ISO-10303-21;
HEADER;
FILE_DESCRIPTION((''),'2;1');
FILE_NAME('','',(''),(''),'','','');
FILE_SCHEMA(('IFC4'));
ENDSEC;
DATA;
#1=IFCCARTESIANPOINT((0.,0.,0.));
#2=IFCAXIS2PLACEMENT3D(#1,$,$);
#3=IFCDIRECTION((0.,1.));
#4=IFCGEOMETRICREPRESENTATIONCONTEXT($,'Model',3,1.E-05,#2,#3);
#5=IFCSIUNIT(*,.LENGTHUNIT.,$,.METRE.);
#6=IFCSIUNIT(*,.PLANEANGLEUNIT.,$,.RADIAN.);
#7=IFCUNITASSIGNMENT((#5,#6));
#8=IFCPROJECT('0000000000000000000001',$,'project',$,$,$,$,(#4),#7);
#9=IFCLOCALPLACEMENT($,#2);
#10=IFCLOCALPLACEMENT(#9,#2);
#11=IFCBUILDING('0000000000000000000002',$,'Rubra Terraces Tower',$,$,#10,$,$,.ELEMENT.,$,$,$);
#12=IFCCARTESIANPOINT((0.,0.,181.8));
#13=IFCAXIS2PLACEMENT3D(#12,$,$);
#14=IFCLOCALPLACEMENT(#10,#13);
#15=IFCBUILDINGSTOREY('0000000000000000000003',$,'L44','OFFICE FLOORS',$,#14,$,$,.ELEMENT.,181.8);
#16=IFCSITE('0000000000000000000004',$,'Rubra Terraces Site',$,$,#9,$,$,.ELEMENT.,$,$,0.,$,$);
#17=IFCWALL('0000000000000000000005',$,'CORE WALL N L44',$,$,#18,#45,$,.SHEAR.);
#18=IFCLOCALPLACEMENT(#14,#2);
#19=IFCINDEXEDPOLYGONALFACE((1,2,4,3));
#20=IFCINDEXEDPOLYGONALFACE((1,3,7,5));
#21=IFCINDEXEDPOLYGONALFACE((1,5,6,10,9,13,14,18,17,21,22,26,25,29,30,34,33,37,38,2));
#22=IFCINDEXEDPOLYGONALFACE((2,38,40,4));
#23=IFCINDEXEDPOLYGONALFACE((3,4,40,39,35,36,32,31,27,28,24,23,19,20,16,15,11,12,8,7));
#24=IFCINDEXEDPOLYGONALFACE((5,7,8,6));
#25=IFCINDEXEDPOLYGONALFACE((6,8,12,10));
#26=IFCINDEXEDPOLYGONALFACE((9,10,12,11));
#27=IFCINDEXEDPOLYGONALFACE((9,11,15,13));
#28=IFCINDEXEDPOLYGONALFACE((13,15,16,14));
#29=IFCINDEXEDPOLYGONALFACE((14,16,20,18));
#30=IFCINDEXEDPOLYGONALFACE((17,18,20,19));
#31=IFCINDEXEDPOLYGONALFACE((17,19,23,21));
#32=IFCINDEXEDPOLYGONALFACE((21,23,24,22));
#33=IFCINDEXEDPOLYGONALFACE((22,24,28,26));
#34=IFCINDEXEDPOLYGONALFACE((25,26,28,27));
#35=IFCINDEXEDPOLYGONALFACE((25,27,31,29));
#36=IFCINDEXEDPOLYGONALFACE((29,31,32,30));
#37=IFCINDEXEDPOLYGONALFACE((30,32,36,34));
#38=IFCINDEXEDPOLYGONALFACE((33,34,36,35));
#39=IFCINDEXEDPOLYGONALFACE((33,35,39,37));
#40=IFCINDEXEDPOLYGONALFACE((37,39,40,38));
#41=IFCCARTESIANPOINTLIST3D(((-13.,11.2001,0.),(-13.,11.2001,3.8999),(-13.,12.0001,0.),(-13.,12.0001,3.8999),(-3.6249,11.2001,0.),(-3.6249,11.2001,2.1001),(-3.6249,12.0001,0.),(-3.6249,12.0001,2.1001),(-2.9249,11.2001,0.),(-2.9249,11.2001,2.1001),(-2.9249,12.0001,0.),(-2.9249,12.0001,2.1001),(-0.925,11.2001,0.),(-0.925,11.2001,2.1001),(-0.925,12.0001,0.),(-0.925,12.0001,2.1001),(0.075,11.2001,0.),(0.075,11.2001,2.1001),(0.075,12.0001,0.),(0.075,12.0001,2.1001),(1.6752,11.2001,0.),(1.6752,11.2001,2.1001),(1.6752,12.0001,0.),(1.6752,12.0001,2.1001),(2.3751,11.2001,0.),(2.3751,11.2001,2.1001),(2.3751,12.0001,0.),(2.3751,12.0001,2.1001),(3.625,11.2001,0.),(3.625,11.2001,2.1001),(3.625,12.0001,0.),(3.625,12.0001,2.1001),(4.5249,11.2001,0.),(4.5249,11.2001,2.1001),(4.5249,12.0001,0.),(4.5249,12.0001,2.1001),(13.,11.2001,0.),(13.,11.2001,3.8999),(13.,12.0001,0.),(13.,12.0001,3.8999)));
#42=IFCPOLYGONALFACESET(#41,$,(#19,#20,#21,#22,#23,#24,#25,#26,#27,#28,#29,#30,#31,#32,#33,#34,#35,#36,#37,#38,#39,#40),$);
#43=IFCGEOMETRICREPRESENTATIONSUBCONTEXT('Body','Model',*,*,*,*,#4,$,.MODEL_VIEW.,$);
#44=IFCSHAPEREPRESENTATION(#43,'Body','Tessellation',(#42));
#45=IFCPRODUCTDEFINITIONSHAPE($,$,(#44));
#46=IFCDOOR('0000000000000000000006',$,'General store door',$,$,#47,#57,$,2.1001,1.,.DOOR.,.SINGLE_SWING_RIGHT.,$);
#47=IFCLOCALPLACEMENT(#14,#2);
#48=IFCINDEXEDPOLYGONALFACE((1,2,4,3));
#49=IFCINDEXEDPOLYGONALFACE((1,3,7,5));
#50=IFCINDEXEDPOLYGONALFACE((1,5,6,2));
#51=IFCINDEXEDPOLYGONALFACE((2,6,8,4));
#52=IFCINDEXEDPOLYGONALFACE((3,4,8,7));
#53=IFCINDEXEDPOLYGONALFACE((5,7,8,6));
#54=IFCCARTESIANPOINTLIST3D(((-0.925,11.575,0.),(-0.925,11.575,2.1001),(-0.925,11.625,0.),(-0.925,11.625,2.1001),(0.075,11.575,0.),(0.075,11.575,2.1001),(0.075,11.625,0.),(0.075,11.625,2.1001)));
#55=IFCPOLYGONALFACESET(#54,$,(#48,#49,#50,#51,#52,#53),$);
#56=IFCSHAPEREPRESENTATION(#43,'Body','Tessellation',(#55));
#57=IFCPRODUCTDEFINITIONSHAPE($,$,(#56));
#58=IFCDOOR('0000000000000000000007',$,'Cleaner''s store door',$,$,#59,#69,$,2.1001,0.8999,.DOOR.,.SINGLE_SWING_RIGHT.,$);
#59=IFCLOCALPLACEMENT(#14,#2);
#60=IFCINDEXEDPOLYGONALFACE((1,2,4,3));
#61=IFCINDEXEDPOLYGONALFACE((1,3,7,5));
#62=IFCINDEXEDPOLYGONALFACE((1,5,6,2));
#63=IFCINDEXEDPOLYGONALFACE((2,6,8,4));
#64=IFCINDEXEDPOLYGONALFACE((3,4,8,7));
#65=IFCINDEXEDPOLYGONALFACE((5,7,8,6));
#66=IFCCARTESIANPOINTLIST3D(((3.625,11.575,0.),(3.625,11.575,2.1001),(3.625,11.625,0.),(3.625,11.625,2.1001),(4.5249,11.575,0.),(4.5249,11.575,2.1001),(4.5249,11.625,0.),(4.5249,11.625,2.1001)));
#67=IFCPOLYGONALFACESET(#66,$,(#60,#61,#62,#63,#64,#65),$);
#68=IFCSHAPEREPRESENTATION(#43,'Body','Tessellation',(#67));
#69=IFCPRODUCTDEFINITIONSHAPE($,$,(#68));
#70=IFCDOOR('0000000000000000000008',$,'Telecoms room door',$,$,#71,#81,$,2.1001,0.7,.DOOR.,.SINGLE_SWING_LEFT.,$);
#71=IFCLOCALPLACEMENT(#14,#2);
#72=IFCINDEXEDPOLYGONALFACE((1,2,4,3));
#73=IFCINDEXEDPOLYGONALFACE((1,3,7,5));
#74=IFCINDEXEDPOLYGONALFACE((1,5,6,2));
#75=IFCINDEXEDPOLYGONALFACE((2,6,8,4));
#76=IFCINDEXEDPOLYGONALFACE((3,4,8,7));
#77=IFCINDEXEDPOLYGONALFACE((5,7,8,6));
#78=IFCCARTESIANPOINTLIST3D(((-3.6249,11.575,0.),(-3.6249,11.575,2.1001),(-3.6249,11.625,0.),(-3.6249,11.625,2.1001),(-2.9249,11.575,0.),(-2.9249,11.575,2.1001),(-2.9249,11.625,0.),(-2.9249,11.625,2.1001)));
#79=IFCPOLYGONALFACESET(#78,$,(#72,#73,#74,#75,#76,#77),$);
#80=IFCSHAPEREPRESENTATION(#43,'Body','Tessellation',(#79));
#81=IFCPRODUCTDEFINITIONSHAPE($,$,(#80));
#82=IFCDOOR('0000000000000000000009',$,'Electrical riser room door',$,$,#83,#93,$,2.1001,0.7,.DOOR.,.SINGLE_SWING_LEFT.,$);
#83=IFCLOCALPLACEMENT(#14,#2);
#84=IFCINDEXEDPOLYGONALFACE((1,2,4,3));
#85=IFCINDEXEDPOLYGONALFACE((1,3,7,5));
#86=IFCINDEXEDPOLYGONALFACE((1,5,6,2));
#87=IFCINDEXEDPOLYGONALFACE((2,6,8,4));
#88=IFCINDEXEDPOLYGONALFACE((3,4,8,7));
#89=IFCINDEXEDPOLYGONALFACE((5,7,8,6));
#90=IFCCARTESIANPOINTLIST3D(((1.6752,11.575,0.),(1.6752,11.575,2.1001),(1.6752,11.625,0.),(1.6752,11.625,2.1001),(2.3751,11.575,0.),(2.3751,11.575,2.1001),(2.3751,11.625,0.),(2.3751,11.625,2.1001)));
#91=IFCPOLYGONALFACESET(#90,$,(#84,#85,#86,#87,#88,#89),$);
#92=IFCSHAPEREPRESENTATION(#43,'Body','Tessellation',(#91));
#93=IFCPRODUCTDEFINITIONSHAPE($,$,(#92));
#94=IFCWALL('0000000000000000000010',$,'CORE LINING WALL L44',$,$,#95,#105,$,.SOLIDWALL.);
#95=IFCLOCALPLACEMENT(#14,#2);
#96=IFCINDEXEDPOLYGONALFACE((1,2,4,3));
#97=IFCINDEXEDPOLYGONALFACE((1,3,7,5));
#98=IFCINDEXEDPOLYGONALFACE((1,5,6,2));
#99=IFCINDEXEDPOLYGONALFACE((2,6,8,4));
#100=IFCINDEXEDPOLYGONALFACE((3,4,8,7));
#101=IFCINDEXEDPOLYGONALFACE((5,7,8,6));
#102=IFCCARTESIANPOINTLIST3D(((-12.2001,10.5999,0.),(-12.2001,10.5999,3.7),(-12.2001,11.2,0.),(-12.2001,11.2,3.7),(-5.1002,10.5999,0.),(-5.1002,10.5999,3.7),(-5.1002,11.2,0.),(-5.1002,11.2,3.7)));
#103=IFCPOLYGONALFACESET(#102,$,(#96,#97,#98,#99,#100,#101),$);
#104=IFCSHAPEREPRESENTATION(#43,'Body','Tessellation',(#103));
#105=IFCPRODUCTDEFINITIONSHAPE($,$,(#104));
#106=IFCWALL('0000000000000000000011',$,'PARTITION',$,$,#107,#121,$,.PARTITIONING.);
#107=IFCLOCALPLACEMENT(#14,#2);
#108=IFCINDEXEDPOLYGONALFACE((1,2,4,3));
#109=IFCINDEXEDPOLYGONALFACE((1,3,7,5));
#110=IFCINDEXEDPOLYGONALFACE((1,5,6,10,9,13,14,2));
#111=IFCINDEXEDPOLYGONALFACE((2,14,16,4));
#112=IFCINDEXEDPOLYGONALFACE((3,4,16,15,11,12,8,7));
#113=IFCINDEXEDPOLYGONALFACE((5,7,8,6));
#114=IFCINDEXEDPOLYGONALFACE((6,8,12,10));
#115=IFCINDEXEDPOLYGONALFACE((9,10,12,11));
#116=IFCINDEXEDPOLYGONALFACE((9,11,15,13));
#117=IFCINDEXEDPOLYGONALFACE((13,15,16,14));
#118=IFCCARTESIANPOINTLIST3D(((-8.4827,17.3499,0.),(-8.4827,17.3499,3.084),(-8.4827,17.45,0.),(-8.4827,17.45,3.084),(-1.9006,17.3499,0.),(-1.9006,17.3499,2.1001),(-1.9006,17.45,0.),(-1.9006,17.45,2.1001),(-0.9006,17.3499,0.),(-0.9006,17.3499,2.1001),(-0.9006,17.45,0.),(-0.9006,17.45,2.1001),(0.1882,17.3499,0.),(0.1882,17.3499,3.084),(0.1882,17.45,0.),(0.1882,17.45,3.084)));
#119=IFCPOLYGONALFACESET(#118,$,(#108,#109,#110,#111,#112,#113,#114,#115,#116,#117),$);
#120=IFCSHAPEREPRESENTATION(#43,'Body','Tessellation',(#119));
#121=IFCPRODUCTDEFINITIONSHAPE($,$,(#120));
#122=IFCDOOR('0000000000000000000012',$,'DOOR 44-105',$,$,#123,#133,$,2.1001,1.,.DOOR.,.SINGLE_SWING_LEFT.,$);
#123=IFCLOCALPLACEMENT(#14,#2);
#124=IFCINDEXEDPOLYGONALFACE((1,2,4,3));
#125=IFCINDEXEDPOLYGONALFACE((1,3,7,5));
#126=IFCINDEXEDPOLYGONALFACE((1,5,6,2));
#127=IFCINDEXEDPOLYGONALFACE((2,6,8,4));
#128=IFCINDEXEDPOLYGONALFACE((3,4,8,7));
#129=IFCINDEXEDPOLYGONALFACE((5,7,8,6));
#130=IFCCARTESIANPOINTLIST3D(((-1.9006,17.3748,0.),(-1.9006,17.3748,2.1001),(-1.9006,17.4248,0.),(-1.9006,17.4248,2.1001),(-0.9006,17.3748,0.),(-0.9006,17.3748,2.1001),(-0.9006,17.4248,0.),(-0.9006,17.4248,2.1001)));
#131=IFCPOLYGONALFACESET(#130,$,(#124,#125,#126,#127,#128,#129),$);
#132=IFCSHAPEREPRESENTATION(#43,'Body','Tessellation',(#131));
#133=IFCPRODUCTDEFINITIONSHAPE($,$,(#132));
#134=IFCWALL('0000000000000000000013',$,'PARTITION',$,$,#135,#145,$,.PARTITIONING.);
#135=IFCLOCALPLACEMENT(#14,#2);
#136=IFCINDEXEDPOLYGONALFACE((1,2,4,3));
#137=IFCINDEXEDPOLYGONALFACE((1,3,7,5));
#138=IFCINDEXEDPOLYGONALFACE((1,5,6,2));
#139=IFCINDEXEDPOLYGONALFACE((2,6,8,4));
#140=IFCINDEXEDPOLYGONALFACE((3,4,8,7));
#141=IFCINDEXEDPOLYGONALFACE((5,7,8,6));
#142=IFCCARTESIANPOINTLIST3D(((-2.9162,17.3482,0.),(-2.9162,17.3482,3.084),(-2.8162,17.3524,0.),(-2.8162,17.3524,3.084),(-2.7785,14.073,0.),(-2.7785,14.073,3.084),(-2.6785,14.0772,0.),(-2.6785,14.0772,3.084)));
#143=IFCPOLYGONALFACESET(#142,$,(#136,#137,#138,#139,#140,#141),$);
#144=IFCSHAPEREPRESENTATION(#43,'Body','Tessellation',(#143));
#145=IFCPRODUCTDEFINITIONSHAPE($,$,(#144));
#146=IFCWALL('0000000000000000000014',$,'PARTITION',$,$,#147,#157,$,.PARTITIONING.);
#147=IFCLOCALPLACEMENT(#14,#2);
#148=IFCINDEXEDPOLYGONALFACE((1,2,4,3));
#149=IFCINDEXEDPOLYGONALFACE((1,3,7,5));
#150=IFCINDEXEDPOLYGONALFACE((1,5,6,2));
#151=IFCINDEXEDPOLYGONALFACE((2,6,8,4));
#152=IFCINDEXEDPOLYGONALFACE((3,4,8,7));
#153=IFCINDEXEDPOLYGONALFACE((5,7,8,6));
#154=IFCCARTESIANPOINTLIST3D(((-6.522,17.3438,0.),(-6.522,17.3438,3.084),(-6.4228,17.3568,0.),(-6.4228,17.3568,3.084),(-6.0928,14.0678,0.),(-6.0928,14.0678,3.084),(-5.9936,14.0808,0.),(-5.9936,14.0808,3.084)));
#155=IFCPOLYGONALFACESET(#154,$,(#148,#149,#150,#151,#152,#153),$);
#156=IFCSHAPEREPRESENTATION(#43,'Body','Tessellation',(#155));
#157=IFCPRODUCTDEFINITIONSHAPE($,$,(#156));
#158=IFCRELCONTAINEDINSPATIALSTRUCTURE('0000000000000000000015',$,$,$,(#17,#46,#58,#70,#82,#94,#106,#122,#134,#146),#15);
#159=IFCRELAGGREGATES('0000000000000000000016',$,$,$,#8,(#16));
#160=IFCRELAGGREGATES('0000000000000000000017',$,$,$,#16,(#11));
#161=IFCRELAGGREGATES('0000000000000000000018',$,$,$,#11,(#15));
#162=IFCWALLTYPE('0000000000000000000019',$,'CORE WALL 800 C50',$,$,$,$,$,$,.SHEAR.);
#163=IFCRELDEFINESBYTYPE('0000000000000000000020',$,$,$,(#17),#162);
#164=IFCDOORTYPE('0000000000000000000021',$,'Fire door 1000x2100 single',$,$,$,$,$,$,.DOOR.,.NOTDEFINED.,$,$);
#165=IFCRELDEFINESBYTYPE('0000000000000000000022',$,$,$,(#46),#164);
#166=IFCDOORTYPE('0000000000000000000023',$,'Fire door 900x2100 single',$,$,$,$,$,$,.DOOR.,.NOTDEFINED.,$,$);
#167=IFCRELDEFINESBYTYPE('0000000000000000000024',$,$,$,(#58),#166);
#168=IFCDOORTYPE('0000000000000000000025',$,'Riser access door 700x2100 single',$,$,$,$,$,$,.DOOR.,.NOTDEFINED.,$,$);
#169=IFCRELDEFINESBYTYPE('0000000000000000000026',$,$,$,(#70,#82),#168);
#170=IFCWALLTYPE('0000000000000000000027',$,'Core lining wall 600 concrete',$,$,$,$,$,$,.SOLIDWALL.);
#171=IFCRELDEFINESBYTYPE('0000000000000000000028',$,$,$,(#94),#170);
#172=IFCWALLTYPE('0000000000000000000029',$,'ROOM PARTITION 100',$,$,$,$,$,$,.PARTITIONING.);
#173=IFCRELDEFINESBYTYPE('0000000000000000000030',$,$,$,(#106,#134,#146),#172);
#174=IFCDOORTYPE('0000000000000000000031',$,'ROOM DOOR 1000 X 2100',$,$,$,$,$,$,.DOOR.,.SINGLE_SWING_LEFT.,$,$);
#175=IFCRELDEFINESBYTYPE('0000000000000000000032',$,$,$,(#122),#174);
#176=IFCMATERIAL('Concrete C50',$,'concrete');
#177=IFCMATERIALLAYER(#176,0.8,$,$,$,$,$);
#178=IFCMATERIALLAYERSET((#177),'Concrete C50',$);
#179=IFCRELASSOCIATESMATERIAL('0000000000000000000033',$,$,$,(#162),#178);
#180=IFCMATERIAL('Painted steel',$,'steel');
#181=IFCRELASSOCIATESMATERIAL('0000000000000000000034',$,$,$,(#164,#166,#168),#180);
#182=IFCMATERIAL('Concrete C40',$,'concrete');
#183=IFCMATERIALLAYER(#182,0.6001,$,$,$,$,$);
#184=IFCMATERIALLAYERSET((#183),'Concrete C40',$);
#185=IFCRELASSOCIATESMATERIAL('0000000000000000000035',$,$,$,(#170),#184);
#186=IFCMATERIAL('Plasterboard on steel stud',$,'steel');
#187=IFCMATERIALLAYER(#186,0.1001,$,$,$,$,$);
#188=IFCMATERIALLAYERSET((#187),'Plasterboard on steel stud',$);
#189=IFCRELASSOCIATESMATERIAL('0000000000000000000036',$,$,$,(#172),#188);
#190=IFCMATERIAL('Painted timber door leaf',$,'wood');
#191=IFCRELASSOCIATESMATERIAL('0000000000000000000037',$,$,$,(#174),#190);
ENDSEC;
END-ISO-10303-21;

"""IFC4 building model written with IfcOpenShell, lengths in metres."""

from ifc_helpers import new_model, si_unit, direction, frame, frame_2d, origin, place, context, subcontext, project, spatial, rectangle, extrude, material, layer, layer_set, type_object, element, fill, save


model = new_model("IFC4")

# Units and contexts
model_context = context("Model", 3, precision=1e-05, world=origin(), true_north=direction((0.0, 1.0)))
body_context = subcontext(model_context, "Body", "Model", "MODEL_VIEW")
ifc_project = project(units=[si_unit("LENGTHUNIT", "METRE"), si_unit("PLANEANGLEUNIT", "RADIAN")], contexts=[model_context])

# Site, building, storey
site_placement = place(None, origin())
site = spatial("IfcSite", under=ifc_project, at=site_placement, Name="Rubra Terraces Site", CompositionType="ELEMENT", RefElevation=0.0)
building_placement = place(site_placement, origin())
building = spatial("IfcBuilding", under=site, at=building_placement, Name="Rubra Terraces Tower", CompositionType="ELEMENT")
storey_placement = place(building_placement, frame((0.0, 0.0, 181.8)))
storey = spatial("IfcBuildingStorey", under=building, at=storey_placement, Name="L44", Description="OFFICE FLOORS", CompositionType="ELEMENT", Elevation=181.8)

# Shared definitions
ifc_material_1 = material(Name="Concrete C50", Category="concrete")

# Wall, openings, doors
ifc_layer_1 = layer(ifc_material_1, 0.8)
ifc_layer_set_1 = layer_set([ifc_layer_1], Name="Concrete C50")
wall_type_1 = type_object("IfcWallType", Name="CORE WALL 800 C50", PredefinedType="SHEAR", material=ifc_layer_set_1)
wall_1_placement = place(storey_placement, frame((-13.0, 11.6001, 0.0), z_axis=(0.0, 0.0, 1.0), x_axis=(1.0, 0.0, 0.0)))
wall_1 = element("IfcWall", 1, at=wall_1_placement, inside=storey, type_object=wall_type_1, Name="CORE WALL N L44", PredefinedType="SHEAR", context=body_context, shape_type="SweptSolid", body=[
    extrude(rectangle(XDim=26.0, YDim=0.8, at=frame_2d((13.0, 0.0))), origin(), (0.0, 0.0, 1.0), 3.8999),
])
opening_1_placement = place(wall_1_placement, frame((9.375, 0.0, 0.0)))
opening_1 = element("IfcOpeningElement", 2, at=opening_1_placement, cuts=wall_1, PredefinedType="OPENING", context=body_context, shape_type="SweptSolid", body=[
    extrude(rectangle(XDim=0.7, YDim=2.1001, at=frame_2d((0.3501, 1.05))), frame((0.0, 0.4099, 0.0), z_axis=(0.0, -1.0, 0.0), x_axis=(1.0, 0.0, 0.0)), (0.0, 0.0, 1.0), 0.8201),
])
opening_2_placement = place(wall_1_placement, frame((12.075, 0.0, 0.0)))
opening_2 = element("IfcOpeningElement", 3, at=opening_2_placement, cuts=wall_1, PredefinedType="OPENING", context=body_context, shape_type="SweptSolid", body=[
    extrude(rectangle(XDim=1.0, YDim=2.1001, at=frame_2d((0.5, 1.05))), frame((0.0, 0.4099, 0.0), z_axis=(0.0, -1.0, 0.0), x_axis=(1.0, 0.0, 0.0)), (0.0, 0.0, 1.0), 0.8201),
])
opening_3_placement = place(wall_1_placement, frame((14.675, 0.0, 0.0)))
opening_3 = element("IfcOpeningElement", 4, at=opening_3_placement, cuts=wall_1, PredefinedType="OPENING", context=body_context, shape_type="SweptSolid", body=[
    extrude(rectangle(XDim=0.7, YDim=2.1001, at=frame_2d((0.3501, 1.05))), frame((0.0, 0.4099, 0.0), z_axis=(0.0, -1.0, 0.0), x_axis=(1.0, 0.0, 0.0)), (0.0, 0.0, 1.0), 0.8201),
])
opening_4_placement = place(wall_1_placement, frame((16.625, 0.0, 0.0)))
opening_4 = element("IfcOpeningElement", 5, at=opening_4_placement, cuts=wall_1, PredefinedType="OPENING", context=body_context, shape_type="SweptSolid", body=[
    extrude(rectangle(XDim=0.8999, YDim=2.1001, at=frame_2d((0.45, 1.05))), frame((0.0, 0.4099, 0.0), z_axis=(0.0, -1.0, 0.0), x_axis=(1.0, 0.0, 0.0)), (0.0, 0.0, 1.0), 0.8201),
])
ifc_material_2 = material(Name="Painted steel", Category="steel")
door_type_1 = type_object("IfcDoorType", Name="Fire door 1000x2100 single", OperationType="NOTDEFINED", PredefinedType="DOOR", material=ifc_material_2)
door_1_placement = place(opening_2_placement, origin())
door_1 = element("IfcDoor", 6, at=door_1_placement, inside=storey, type_object=door_type_1, Name="General store door", OperationType="SINGLE_SWING_RIGHT", OverallHeight=2.1001, OverallWidth=1.0, PredefinedType="DOOR", context=body_context, shape_type="SweptSolid", body=[
    extrude(rectangle(XDim=1.0, YDim=2.1001, at=frame_2d((0.5, 1.05))), frame((0.0, 0.0249, 0.0), z_axis=(0.0, -1.0, 0.0), x_axis=(1.0, 0.0, 0.0)), (0.0, 0.0, 1.0), 0.05),
])
fill(opening_2, door_1)
door_type_2 = type_object("IfcDoorType", Name="Fire door 900x2100 single", OperationType="NOTDEFINED", PredefinedType="DOOR", material=ifc_material_2)
door_2_placement = place(opening_4_placement, origin())
door_2 = element("IfcDoor", 7, at=door_2_placement, inside=storey, type_object=door_type_2, Name="Cleaner's store door", OperationType="SINGLE_SWING_RIGHT", OverallHeight=2.1001, OverallWidth=0.8999, PredefinedType="DOOR", context=body_context, shape_type="SweptSolid", body=[
    extrude(rectangle(XDim=0.8999, YDim=2.1001, at=frame_2d((0.45, 1.05))), frame((0.0, 0.0249, 0.0), z_axis=(0.0, -1.0, 0.0), x_axis=(1.0, 0.0, 0.0)), (0.0, 0.0, 1.0), 0.05),
])
fill(opening_4, door_2)
door_type_3 = type_object("IfcDoorType", Name="Riser access door 700x2100 single", OperationType="NOTDEFINED", PredefinedType="DOOR", material=ifc_material_2)
door_3_placement = place(opening_1_placement, origin())
door_3 = element("IfcDoor", 8, at=door_3_placement, inside=storey, type_object=door_type_3, Name="Telecoms room door", OperationType="SINGLE_SWING_LEFT", OverallHeight=2.1001, OverallWidth=0.7, PredefinedType="DOOR", context=body_context, shape_type="SweptSolid", body=[
    extrude(rectangle(XDim=0.7, YDim=2.1001, at=frame_2d((0.3501, 1.05))), frame((0.0, 0.0249, 0.0), z_axis=(0.0, -1.0, 0.0), x_axis=(1.0, 0.0, 0.0)), (0.0, 0.0, 1.0), 0.05),
])
fill(opening_1, door_3)
door_4_placement = place(opening_3_placement, origin())
door_4 = element("IfcDoor", 9, at=door_4_placement, inside=storey, type_object=door_type_3, Name="Electrical riser room door", OperationType="SINGLE_SWING_LEFT", OverallHeight=2.1001, OverallWidth=0.7, PredefinedType="DOOR", context=body_context, shape_type="SweptSolid", body=[
    extrude(rectangle(XDim=0.7, YDim=2.1001, at=frame_2d((0.3501, 1.05))), frame((0.0, 0.0249, 0.0), z_axis=(0.0, -1.0, 0.0), x_axis=(1.0, 0.0, 0.0)), (0.0, 0.0, 1.0), 0.05),
])
fill(opening_3, door_4)

# Wall
ifc_material_3 = material(Name="Concrete C40", Category="concrete")
ifc_layer_2 = layer(ifc_material_3, 0.6001)
ifc_layer_set_2 = layer_set([ifc_layer_2], Name="Concrete C40")
wall_type_2 = type_object("IfcWallType", Name="Core lining wall 600 concrete", PredefinedType="SOLIDWALL", material=ifc_layer_set_2)
wall_2_placement = place(storey_placement, frame((-12.2, 10.8999, 0.0), z_axis=(0.0, 0.0, 1.0), x_axis=(1.0, 0.0, 0.0)))
element("IfcWall", 10, at=wall_2_placement, inside=storey, type_object=wall_type_2, Name="CORE LINING WALL L44", PredefinedType="SOLIDWALL", context=body_context, shape_type="SweptSolid", body=[
    extrude(rectangle(XDim=7.0999, YDim=0.6001, at=frame_2d((3.5498, 0.0))), origin(), (0.0, 0.0, 1.0), 3.7),
])

# Wall, opening, door
ifc_material_4 = material(Name="Plasterboard on steel stud", Category="steel")
ifc_layer_3 = layer(ifc_material_4, 0.1001)
ifc_layer_set_3 = layer_set([ifc_layer_3], Name="Plasterboard on steel stud")
wall_type_3 = type_object("IfcWallType", Name="ROOM PARTITION 100", PredefinedType="PARTITIONING", material=ifc_layer_set_3)
wall_3_placement = place(storey_placement, frame((-8.4827, 17.3999, 0.0), z_axis=(0.0, 0.0, 1.0), x_axis=(1.0, 0.0, 0.0)))
wall_3 = element("IfcWall", 11, at=wall_3_placement, inside=storey, type_object=wall_type_3, Name="PARTITION", PredefinedType="PARTITIONING", context=body_context, shape_type="SweptSolid", body=[
    extrude(rectangle(XDim=8.6709, YDim=0.1001, at=frame_2d((4.3354, 0.0))), origin(), (0.0, 0.0, 1.0), 3.084),
])
opening_5_placement = place(wall_3_placement, frame((6.582, 0.0, 0.0)))
opening_5 = element("IfcOpeningElement", 12, at=opening_5_placement, cuts=wall_3, PredefinedType="OPENING", context=body_context, shape_type="SweptSolid", body=[
    extrude(rectangle(XDim=1.0, YDim=2.1001, at=frame_2d((0.5, 1.05))), frame((0.0, 0.0601, 0.0), z_axis=(0.0, -1.0, 0.0), x_axis=(1.0, 0.0, 0.0)), (0.0, 0.0, 1.0), 0.1201),
])
ifc_material_5 = material(Name="Painted timber door leaf", Category="wood")
door_type_4 = type_object("IfcDoorType", Name="ROOM DOOR 1000 X 2100", OperationType="SINGLE_SWING_LEFT", PredefinedType="DOOR", material=ifc_material_5)
door_5_placement = place(opening_5_placement, origin())
door_5 = element("IfcDoor", 13, at=door_5_placement, inside=storey, type_object=door_type_4, Name="DOOR 44-105", OperationType="SINGLE_SWING_LEFT", OverallHeight=2.1001, OverallWidth=1.0, PredefinedType="DOOR", context=body_context, shape_type="SweptSolid", body=[
    extrude(rectangle(XDim=1.0, YDim=2.1001, at=frame_2d((0.5, 1.05))), frame((0.0, 0.0249, 0.0), z_axis=(0.0, -1.0, 0.0), x_axis=(1.0, 0.0, 0.0)), (0.0, 0.0, 1.0), 0.05),
])
fill(opening_5, door_5)

# Walls
wall_4_placement = place(storey_placement, frame((-2.7285, 14.075, 0.0), z_axis=(0.0, 0.0, 1.0), x_axis=(-0.042005, 0.999117, 0.0)))
element("IfcWall", 14, at=wall_4_placement, inside=storey, type_object=wall_type_3, Name="PARTITION", PredefinedType="PARTITIONING", context=body_context, shape_type="SweptSolid", body=[
    extrude(rectangle(XDim=3.2781, YDim=0.1001, at=frame_2d((1.6392, 0.0))), origin(), (0.0, 0.0, 1.0), 3.084),
])
wall_5_placement = place(storey_placement, frame((-6.0432, 14.0745, 0.0), z_axis=(0.0, 0.0, 1.0), x_axis=(-0.129908, 0.991526, 0.0)))
element("IfcWall", 15, at=wall_5_placement, inside=storey, type_object=wall_type_3, Name="PARTITION", PredefinedType="PARTITIONING", context=body_context, shape_type="SweptSolid", body=[
    extrude(rectangle(XDim=3.304, YDim=0.1001, at=frame_2d((1.6519, 0.0))), origin(), (0.0, 0.0, 1.0), 3.084),
])

save(model, "model.ifc")
